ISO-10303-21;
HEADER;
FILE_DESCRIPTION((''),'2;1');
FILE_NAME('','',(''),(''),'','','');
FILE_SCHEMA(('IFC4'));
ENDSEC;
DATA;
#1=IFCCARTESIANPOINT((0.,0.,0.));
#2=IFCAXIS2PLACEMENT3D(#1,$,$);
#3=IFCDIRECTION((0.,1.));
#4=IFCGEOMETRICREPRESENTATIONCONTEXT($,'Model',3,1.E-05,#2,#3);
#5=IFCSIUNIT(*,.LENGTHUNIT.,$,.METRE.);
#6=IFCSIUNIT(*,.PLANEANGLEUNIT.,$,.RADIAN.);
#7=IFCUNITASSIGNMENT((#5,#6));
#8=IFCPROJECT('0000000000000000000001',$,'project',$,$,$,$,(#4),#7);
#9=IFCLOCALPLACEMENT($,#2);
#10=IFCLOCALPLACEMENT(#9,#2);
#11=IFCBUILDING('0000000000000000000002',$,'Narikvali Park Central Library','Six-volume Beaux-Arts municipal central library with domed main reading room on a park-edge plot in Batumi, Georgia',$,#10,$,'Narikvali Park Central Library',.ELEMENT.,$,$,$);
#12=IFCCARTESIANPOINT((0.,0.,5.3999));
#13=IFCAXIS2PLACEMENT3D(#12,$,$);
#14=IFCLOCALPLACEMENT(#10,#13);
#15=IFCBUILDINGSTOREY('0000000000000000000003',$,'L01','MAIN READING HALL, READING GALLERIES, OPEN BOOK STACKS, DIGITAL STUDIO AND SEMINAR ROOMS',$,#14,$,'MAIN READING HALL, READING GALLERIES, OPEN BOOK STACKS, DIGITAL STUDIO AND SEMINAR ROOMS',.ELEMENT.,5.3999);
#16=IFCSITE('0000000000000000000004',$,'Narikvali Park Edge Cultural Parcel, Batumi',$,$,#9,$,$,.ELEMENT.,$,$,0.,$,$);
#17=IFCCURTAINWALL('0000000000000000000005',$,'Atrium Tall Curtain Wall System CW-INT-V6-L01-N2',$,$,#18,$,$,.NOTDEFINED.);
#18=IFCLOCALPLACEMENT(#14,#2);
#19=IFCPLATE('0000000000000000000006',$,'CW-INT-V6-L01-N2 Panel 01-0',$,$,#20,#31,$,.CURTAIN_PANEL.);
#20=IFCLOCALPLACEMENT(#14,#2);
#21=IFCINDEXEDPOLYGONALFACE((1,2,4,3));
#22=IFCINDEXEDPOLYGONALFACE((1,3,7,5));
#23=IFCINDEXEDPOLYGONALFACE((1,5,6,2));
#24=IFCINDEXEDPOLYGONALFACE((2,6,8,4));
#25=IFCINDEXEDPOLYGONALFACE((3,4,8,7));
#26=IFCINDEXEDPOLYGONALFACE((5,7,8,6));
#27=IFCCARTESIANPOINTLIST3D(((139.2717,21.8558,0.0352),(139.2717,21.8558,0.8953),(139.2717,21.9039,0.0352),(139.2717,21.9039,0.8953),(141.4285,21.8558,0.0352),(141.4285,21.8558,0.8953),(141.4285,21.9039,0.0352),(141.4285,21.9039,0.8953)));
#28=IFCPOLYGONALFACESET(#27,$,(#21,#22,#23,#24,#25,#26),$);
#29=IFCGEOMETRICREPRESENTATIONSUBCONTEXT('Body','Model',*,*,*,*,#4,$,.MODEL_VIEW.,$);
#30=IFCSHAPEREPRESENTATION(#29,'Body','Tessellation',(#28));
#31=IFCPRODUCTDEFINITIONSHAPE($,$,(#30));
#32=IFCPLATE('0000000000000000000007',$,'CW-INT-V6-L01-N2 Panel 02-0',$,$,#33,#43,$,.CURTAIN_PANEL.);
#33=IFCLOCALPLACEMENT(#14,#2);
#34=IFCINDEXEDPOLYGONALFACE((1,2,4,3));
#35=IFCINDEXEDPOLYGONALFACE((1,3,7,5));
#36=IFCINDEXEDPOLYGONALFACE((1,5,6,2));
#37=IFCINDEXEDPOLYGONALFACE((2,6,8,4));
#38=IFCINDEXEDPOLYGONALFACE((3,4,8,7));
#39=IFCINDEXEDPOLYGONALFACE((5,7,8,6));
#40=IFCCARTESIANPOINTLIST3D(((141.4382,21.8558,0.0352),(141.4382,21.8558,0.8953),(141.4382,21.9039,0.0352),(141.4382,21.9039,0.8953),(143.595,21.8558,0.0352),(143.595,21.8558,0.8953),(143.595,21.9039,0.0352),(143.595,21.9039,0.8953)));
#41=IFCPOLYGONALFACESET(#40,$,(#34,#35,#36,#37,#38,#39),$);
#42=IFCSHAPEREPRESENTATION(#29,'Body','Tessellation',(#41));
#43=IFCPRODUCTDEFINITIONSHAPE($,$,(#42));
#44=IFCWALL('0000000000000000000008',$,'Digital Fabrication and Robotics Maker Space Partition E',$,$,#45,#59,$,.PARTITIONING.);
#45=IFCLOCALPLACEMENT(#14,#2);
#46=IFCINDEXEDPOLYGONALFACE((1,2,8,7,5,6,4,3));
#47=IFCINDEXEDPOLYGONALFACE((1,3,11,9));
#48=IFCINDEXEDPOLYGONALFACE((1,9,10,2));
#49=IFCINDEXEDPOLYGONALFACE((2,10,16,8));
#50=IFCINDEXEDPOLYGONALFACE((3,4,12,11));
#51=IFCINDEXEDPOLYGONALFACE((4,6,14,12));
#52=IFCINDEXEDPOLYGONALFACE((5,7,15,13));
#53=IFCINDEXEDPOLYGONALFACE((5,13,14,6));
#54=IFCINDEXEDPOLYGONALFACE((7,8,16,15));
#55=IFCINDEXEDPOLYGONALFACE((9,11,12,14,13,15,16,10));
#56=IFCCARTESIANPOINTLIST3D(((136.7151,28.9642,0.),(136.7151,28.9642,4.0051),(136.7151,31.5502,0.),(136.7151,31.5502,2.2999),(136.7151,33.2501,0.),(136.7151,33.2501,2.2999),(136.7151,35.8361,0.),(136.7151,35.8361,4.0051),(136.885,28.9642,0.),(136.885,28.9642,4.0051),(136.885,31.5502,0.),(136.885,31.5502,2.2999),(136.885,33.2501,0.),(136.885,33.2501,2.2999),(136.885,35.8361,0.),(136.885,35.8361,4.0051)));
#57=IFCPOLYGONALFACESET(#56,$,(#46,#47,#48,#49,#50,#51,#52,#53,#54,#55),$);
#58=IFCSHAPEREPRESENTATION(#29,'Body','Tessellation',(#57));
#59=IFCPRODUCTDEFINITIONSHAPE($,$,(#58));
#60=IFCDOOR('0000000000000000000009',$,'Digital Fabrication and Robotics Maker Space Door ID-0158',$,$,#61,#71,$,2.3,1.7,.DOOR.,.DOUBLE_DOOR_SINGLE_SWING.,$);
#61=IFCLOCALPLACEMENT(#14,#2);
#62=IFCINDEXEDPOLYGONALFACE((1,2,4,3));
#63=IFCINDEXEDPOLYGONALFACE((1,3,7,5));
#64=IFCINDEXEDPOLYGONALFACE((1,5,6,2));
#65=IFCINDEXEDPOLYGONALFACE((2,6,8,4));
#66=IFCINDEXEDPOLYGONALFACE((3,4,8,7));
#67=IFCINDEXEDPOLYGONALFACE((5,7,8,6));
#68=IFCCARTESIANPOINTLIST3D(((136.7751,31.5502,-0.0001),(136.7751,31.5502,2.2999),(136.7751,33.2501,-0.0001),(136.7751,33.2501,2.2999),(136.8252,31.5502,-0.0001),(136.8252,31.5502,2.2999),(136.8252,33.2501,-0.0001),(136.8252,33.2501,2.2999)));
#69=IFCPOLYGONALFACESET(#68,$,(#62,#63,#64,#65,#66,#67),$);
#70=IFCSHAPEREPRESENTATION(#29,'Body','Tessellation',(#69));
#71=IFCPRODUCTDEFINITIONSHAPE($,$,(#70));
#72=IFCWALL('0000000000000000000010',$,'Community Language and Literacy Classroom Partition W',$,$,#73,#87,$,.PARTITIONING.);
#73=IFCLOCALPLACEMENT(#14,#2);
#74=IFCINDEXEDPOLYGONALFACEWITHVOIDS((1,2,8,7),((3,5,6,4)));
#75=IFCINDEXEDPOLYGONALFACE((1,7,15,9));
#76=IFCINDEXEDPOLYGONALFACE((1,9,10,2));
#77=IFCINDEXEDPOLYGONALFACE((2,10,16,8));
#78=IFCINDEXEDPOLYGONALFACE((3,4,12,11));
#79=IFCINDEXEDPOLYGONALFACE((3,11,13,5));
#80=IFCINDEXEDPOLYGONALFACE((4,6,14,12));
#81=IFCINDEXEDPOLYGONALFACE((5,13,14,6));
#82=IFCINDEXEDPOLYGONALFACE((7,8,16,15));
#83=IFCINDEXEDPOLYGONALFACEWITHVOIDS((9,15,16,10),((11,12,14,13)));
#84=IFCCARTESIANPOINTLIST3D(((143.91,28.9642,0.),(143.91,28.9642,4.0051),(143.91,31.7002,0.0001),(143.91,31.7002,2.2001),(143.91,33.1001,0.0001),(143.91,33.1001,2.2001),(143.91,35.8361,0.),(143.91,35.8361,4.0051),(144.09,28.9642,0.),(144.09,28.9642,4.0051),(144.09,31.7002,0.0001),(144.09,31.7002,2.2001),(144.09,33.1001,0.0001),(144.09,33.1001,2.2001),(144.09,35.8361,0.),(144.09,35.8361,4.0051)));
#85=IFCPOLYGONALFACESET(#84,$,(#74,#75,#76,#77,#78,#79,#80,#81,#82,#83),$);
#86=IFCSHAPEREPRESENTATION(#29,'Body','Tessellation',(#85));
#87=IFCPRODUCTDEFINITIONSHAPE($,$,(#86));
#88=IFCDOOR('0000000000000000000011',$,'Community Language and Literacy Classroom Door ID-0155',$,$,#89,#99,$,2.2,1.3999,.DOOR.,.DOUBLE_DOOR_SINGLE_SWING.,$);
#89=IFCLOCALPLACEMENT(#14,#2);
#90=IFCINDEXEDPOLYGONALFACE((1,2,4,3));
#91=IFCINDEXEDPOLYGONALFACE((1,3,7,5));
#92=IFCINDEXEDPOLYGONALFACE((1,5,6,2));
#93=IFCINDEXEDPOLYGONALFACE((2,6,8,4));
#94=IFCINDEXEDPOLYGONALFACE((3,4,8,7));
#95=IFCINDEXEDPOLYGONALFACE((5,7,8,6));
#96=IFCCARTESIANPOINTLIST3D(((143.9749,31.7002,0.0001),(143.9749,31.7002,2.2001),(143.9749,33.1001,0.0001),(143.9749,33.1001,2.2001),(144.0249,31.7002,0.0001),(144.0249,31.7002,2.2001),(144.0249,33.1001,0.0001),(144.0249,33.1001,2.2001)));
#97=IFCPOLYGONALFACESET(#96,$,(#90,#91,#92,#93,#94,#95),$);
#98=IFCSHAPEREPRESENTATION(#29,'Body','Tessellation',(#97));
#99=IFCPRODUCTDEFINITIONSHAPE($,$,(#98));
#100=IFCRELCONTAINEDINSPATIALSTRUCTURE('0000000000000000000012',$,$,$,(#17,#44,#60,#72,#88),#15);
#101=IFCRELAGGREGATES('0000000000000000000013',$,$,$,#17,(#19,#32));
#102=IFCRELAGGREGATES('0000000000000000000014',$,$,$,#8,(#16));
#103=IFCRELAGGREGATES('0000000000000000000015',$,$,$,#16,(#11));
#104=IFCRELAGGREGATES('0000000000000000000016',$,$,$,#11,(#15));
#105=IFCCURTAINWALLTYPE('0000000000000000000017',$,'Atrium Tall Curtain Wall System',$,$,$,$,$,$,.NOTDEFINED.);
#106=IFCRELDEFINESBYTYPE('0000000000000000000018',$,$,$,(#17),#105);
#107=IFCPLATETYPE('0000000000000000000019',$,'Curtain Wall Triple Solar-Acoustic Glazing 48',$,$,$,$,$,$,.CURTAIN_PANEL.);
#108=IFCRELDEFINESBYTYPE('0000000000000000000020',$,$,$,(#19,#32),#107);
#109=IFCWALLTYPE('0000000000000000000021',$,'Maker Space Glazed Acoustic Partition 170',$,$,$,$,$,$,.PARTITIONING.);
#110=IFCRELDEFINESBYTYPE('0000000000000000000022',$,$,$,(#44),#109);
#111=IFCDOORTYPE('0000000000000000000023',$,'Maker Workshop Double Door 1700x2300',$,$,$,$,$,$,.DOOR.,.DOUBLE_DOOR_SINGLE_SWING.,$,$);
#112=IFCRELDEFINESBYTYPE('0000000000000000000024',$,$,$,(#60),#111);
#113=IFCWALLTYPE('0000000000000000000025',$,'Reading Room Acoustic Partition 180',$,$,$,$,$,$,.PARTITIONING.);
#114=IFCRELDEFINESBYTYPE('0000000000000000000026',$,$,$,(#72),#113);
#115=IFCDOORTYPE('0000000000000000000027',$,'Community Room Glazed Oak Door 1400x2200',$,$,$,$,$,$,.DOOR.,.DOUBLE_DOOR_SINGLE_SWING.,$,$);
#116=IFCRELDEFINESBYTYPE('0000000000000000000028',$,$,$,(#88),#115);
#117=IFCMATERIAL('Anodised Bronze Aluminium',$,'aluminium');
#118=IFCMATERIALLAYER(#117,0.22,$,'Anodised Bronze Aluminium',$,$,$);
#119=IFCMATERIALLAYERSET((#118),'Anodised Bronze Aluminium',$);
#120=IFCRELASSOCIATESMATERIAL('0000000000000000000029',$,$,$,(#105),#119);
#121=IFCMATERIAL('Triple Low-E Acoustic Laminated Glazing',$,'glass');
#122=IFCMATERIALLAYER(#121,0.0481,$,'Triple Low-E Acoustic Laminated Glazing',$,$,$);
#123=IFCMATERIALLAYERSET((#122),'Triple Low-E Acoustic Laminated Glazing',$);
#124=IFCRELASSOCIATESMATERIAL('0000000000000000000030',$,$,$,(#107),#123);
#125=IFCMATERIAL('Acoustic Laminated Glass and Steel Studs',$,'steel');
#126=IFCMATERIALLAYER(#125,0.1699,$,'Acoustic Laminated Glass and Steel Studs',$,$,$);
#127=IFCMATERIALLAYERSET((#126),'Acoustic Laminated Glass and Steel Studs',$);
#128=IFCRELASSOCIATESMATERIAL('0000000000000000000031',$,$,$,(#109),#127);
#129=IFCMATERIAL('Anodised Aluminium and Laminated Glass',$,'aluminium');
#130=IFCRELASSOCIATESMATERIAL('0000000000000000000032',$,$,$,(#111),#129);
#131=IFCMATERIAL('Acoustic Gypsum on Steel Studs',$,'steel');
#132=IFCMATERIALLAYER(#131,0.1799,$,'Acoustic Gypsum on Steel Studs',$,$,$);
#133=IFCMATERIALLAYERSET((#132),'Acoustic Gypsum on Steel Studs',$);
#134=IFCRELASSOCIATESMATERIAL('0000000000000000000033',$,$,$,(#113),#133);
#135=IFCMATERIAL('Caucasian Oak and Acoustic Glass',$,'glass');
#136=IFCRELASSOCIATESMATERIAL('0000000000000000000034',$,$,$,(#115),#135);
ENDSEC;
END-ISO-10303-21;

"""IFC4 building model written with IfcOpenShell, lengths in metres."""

from ifc_helpers import new_model, si_unit, direction, frame, frame_2d, origin, origin_2d, place, context, subcontext, project, spatial, rectangle, extrude, material, layer, layer_set, type_object, element, fill, aggregate, save


model = new_model("IFC4")

# Units and contexts
model_context = context("Model", 3, precision=1e-05, world=origin(), true_north=direction((0.0, 1.0)))
body_context = subcontext(model_context, "Body", "Model", "MODEL_VIEW")
ifc_project = project(units=[si_unit("LENGTHUNIT", "METRE"), si_unit("PLANEANGLEUNIT", "RADIAN")], contexts=[model_context])

# Site, building, storey
site_placement = place(None, origin())
site = spatial("IfcSite", under=ifc_project, at=site_placement, Name="Narikvali Park Edge Cultural Parcel, Batumi", CompositionType="ELEMENT", RefElevation=0.0)
building_placement = place(site_placement, origin())
building = spatial("IfcBuilding", under=site, at=building_placement, Name="Narikvali Park Central Library", Description="Six-volume Beaux-Arts municipal central library with domed main reading room on a park-edge plot in Batumi, Georgia", LongName="Narikvali Park Central Library", CompositionType="ELEMENT")
storey_placement = place(building_placement, frame((0.0, 0.0, 5.3999)))
storey = spatial("IfcBuildingStorey", under=building, at=storey_placement, Name="L01", Description="MAIN READING HALL, READING GALLERIES, OPEN BOOK STACKS, DIGITAL STUDIO AND SEMINAR ROOMS", LongName="MAIN READING HALL, READING GALLERIES, OPEN BOOK STACKS, DIGITAL STUDIO AND SEMINAR ROOMS", CompositionType="ELEMENT", Elevation=5.3999)

# Curtain wall
ifc_material_1 = material(Name="Anodised Bronze Aluminium", Category="aluminium")
ifc_layer_1 = layer(ifc_material_1, 0.22, Name="Anodised Bronze Aluminium")
ifc_layer_set_1 = layer_set([ifc_layer_1], Name="Anodised Bronze Aluminium")
curtain_wall_type = type_object("IfcCurtainWallType", Name="Atrium Tall Curtain Wall System", PredefinedType="NOTDEFINED", material=ifc_layer_set_1)
curtain_wall_placement = place(storey_placement, origin())
curtain_wall = element("IfcCurtainWall", 1, at=curtain_wall_placement, inside=storey, type_object=curtain_wall_type, Name="Atrium Tall Curtain Wall System CW-INT-V6-L01-N2", PredefinedType="NOTDEFINED")

# Plates
ifc_material_2 = material(Name="Triple Low-E Acoustic Laminated Glazing", Category="glass")
ifc_layer_2 = layer(ifc_material_2, 0.0481, Name="Triple Low-E Acoustic Laminated Glazing")
ifc_layer_set_2 = layer_set([ifc_layer_2], Name="Triple Low-E Acoustic Laminated Glazing")
plate_type_1 = type_object("IfcPlateType", Name="Curtain Wall Triple Solar-Acoustic Glazing 48", PredefinedType="CURTAIN_PANEL", material=ifc_layer_set_2)
plate_1_placement = place(storey_placement, frame((140.3501, 21.8799, 0.0352), z_axis=(0.0, 0.0, 1.0), x_axis=(1.0, 0.0, 0.0)))
plate_1 = element("IfcPlate", 2, at=plate_1_placement, type_object=plate_type_1, Name="CW-INT-V6-L01-N2 Panel 01-0", PredefinedType="CURTAIN_PANEL", context=body_context, shape_type="SweptSolid", body=[
    extrude(rectangle(XDim=2.1567, YDim=0.0481, at=origin_2d()), origin(), (0.0, 0.0, 1.0), 0.8601),
])
plate_2_placement = place(storey_placement, frame((142.5166, 21.8799, 0.0352), z_axis=(0.0, 0.0, 1.0), x_axis=(1.0, 0.0, 0.0)))
plate_2 = element("IfcPlate", 3, at=plate_2_placement, type_object=plate_type_1, Name="CW-INT-V6-L01-N2 Panel 02-0", PredefinedType="CURTAIN_PANEL", context=body_context, shape_type="SweptSolid", body=[
    extrude(rectangle(XDim=2.1567, YDim=0.0481, at=origin_2d()), origin(), (0.0, 0.0, 1.0), 0.8601),
])
aggregate(curtain_wall, [plate_1, plate_2])

# Walls, openings, doors
ifc_material_3 = material(Name="Acoustic Laminated Glass and Steel Studs", Category="steel")
ifc_layer_3 = layer(ifc_material_3, 0.1699, Name="Acoustic Laminated Glass and Steel Studs")
ifc_layer_set_3 = layer_set([ifc_layer_3], Name="Acoustic Laminated Glass and Steel Studs")
wall_type_1 = type_object("IfcWallType", Name="Maker Space Glazed Acoustic Partition 170", PredefinedType="PARTITIONING", material=ifc_layer_set_3)
wall_1_placement = place(storey_placement, frame((136.8, 28.9641, 0.0), z_axis=(0.0, 0.0, 1.0), x_axis=(0.0, 1.0, 0.0)))
wall_1 = element("IfcWall", 4, at=wall_1_placement, inside=storey, type_object=wall_type_1, Name="Digital Fabrication and Robotics Maker Space Partition E", PredefinedType="PARTITIONING", context=body_context, shape_type="SweptSolid", body=[
    extrude(rectangle(XDim=6.8718, YDim=0.1699, at=frame_2d((3.436, 0.0))), origin(), (0.0, 0.0, 1.0), 4.0051),
])
opening_1_placement = place(wall_1_placement, frame((2.5859, 0.0, 0.0)))
opening_1 = element("IfcOpeningElement", 5, at=opening_1_placement, cuts=wall_1, PredefinedType="OPENING", context=body_context, shape_type="SweptSolid", body=[
    extrude(rectangle(XDim=1.7, YDim=2.3, at=frame_2d((0.8501, 1.1499))), frame((0.0, 0.0969, 0.0), z_axis=(0.0, -1.0, 0.0), x_axis=(1.0, 0.0, 0.0)), (0.0, 0.0, 1.0), 0.1938),
])
ifc_material_4 = material(Name="Anodised Aluminium and Laminated Glass", Category="aluminium")
door_type_1 = type_object("IfcDoorType", Name="Maker Workshop Double Door 1700x2300", OperationType="DOUBLE_DOOR_SINGLE_SWING", PredefinedType="DOOR", material=ifc_material_4)
door_1_placement = place(opening_1_placement, origin())
door_1 = element("IfcDoor", 6, at=door_1_placement, inside=storey, type_object=door_type_1, Name="Digital Fabrication and Robotics Maker Space Door ID-0158", OperationType="DOUBLE_DOOR_SINGLE_SWING", OverallHeight=2.3, OverallWidth=1.7, PredefinedType="DOOR", context=body_context, shape_type="SweptSolid", body=[
    extrude(rectangle(XDim=1.7, YDim=2.3, at=frame_2d((0.8501, 1.1499))), frame((0.0, 0.0249, 0.0), z_axis=(0.0, -1.0, 0.0), x_axis=(1.0, 0.0, 0.0)), (0.0, 0.0, 1.0), 0.05),
])
fill(opening_1, door_1)
ifc_material_5 = material(Name="Acoustic Gypsum on Steel Studs", Category="steel")
ifc_layer_4 = layer(ifc_material_5, 0.1799, Name="Acoustic Gypsum on Steel Studs")
ifc_layer_set_4 = layer_set([ifc_layer_4], Name="Acoustic Gypsum on Steel Studs")
wall_type_2 = type_object("IfcWallType", Name="Reading Room Acoustic Partition 180", PredefinedType="PARTITIONING", material=ifc_layer_set_4)
wall_2_placement = place(storey_placement, frame((144.0, 28.9641, 0.0), z_axis=(0.0, 0.0, 1.0), x_axis=(0.0, 1.0, 0.0)))
wall_2 = element("IfcWall", 7, at=wall_2_placement, inside=storey, type_object=wall_type_2, Name="Community Language and Literacy Classroom Partition W", PredefinedType="PARTITIONING", context=body_context, shape_type="SweptSolid", body=[
    extrude(rectangle(XDim=6.8718, YDim=0.1799, at=frame_2d((3.436, 0.0))), origin(), (0.0, 0.0, 1.0), 4.0051),
])
opening_2_placement = place(wall_2_placement, frame((2.7361, 0.0, 0.0)))
opening_2 = element("IfcOpeningElement", 8, at=opening_2_placement, cuts=wall_2, PredefinedType="OPENING", context=body_context, shape_type="SweptSolid", body=[
    extrude(rectangle(XDim=1.3999, YDim=2.2, at=frame_2d((0.7, 1.1001))), frame((0.0, 0.1021, 0.0), z_axis=(0.0, -1.0, 0.0), x_axis=(1.0, 0.0, 0.0)), (0.0, 0.0, 1.0), 0.2039),
])
ifc_material_6 = material(Name="Caucasian Oak and Acoustic Glass", Category="glass")
door_type_2 = type_object("IfcDoorType", Name="Community Room Glazed Oak Door 1400x2200", OperationType="DOUBLE_DOOR_SINGLE_SWING", PredefinedType="DOOR", material=ifc_material_6)
door_2_placement = place(opening_2_placement, frame((1.3999, 0.0, 0.0), z_axis=(0.0, 0.0, 1.0), x_axis=(-1.0, 0.0, 0.0)))
door_2 = element("IfcDoor", 9, at=door_2_placement, inside=storey, type_object=door_type_2, Name="Community Language and Literacy Classroom Door ID-0155", OperationType="DOUBLE_DOOR_SINGLE_SWING", OverallHeight=2.2, OverallWidth=1.3999, PredefinedType="DOOR", context=body_context, shape_type="SweptSolid", body=[
    extrude(rectangle(XDim=1.3999, YDim=2.2, at=frame_2d((0.7, 1.1001))), frame((0.0, 0.0249, 0.0), z_axis=(0.0, -1.0, 0.0), x_axis=(1.0, 0.0, 0.0)), (0.0, 0.0, 1.0), 0.05),
])
fill(opening_2, door_2)

save(model, "model.ifc")
